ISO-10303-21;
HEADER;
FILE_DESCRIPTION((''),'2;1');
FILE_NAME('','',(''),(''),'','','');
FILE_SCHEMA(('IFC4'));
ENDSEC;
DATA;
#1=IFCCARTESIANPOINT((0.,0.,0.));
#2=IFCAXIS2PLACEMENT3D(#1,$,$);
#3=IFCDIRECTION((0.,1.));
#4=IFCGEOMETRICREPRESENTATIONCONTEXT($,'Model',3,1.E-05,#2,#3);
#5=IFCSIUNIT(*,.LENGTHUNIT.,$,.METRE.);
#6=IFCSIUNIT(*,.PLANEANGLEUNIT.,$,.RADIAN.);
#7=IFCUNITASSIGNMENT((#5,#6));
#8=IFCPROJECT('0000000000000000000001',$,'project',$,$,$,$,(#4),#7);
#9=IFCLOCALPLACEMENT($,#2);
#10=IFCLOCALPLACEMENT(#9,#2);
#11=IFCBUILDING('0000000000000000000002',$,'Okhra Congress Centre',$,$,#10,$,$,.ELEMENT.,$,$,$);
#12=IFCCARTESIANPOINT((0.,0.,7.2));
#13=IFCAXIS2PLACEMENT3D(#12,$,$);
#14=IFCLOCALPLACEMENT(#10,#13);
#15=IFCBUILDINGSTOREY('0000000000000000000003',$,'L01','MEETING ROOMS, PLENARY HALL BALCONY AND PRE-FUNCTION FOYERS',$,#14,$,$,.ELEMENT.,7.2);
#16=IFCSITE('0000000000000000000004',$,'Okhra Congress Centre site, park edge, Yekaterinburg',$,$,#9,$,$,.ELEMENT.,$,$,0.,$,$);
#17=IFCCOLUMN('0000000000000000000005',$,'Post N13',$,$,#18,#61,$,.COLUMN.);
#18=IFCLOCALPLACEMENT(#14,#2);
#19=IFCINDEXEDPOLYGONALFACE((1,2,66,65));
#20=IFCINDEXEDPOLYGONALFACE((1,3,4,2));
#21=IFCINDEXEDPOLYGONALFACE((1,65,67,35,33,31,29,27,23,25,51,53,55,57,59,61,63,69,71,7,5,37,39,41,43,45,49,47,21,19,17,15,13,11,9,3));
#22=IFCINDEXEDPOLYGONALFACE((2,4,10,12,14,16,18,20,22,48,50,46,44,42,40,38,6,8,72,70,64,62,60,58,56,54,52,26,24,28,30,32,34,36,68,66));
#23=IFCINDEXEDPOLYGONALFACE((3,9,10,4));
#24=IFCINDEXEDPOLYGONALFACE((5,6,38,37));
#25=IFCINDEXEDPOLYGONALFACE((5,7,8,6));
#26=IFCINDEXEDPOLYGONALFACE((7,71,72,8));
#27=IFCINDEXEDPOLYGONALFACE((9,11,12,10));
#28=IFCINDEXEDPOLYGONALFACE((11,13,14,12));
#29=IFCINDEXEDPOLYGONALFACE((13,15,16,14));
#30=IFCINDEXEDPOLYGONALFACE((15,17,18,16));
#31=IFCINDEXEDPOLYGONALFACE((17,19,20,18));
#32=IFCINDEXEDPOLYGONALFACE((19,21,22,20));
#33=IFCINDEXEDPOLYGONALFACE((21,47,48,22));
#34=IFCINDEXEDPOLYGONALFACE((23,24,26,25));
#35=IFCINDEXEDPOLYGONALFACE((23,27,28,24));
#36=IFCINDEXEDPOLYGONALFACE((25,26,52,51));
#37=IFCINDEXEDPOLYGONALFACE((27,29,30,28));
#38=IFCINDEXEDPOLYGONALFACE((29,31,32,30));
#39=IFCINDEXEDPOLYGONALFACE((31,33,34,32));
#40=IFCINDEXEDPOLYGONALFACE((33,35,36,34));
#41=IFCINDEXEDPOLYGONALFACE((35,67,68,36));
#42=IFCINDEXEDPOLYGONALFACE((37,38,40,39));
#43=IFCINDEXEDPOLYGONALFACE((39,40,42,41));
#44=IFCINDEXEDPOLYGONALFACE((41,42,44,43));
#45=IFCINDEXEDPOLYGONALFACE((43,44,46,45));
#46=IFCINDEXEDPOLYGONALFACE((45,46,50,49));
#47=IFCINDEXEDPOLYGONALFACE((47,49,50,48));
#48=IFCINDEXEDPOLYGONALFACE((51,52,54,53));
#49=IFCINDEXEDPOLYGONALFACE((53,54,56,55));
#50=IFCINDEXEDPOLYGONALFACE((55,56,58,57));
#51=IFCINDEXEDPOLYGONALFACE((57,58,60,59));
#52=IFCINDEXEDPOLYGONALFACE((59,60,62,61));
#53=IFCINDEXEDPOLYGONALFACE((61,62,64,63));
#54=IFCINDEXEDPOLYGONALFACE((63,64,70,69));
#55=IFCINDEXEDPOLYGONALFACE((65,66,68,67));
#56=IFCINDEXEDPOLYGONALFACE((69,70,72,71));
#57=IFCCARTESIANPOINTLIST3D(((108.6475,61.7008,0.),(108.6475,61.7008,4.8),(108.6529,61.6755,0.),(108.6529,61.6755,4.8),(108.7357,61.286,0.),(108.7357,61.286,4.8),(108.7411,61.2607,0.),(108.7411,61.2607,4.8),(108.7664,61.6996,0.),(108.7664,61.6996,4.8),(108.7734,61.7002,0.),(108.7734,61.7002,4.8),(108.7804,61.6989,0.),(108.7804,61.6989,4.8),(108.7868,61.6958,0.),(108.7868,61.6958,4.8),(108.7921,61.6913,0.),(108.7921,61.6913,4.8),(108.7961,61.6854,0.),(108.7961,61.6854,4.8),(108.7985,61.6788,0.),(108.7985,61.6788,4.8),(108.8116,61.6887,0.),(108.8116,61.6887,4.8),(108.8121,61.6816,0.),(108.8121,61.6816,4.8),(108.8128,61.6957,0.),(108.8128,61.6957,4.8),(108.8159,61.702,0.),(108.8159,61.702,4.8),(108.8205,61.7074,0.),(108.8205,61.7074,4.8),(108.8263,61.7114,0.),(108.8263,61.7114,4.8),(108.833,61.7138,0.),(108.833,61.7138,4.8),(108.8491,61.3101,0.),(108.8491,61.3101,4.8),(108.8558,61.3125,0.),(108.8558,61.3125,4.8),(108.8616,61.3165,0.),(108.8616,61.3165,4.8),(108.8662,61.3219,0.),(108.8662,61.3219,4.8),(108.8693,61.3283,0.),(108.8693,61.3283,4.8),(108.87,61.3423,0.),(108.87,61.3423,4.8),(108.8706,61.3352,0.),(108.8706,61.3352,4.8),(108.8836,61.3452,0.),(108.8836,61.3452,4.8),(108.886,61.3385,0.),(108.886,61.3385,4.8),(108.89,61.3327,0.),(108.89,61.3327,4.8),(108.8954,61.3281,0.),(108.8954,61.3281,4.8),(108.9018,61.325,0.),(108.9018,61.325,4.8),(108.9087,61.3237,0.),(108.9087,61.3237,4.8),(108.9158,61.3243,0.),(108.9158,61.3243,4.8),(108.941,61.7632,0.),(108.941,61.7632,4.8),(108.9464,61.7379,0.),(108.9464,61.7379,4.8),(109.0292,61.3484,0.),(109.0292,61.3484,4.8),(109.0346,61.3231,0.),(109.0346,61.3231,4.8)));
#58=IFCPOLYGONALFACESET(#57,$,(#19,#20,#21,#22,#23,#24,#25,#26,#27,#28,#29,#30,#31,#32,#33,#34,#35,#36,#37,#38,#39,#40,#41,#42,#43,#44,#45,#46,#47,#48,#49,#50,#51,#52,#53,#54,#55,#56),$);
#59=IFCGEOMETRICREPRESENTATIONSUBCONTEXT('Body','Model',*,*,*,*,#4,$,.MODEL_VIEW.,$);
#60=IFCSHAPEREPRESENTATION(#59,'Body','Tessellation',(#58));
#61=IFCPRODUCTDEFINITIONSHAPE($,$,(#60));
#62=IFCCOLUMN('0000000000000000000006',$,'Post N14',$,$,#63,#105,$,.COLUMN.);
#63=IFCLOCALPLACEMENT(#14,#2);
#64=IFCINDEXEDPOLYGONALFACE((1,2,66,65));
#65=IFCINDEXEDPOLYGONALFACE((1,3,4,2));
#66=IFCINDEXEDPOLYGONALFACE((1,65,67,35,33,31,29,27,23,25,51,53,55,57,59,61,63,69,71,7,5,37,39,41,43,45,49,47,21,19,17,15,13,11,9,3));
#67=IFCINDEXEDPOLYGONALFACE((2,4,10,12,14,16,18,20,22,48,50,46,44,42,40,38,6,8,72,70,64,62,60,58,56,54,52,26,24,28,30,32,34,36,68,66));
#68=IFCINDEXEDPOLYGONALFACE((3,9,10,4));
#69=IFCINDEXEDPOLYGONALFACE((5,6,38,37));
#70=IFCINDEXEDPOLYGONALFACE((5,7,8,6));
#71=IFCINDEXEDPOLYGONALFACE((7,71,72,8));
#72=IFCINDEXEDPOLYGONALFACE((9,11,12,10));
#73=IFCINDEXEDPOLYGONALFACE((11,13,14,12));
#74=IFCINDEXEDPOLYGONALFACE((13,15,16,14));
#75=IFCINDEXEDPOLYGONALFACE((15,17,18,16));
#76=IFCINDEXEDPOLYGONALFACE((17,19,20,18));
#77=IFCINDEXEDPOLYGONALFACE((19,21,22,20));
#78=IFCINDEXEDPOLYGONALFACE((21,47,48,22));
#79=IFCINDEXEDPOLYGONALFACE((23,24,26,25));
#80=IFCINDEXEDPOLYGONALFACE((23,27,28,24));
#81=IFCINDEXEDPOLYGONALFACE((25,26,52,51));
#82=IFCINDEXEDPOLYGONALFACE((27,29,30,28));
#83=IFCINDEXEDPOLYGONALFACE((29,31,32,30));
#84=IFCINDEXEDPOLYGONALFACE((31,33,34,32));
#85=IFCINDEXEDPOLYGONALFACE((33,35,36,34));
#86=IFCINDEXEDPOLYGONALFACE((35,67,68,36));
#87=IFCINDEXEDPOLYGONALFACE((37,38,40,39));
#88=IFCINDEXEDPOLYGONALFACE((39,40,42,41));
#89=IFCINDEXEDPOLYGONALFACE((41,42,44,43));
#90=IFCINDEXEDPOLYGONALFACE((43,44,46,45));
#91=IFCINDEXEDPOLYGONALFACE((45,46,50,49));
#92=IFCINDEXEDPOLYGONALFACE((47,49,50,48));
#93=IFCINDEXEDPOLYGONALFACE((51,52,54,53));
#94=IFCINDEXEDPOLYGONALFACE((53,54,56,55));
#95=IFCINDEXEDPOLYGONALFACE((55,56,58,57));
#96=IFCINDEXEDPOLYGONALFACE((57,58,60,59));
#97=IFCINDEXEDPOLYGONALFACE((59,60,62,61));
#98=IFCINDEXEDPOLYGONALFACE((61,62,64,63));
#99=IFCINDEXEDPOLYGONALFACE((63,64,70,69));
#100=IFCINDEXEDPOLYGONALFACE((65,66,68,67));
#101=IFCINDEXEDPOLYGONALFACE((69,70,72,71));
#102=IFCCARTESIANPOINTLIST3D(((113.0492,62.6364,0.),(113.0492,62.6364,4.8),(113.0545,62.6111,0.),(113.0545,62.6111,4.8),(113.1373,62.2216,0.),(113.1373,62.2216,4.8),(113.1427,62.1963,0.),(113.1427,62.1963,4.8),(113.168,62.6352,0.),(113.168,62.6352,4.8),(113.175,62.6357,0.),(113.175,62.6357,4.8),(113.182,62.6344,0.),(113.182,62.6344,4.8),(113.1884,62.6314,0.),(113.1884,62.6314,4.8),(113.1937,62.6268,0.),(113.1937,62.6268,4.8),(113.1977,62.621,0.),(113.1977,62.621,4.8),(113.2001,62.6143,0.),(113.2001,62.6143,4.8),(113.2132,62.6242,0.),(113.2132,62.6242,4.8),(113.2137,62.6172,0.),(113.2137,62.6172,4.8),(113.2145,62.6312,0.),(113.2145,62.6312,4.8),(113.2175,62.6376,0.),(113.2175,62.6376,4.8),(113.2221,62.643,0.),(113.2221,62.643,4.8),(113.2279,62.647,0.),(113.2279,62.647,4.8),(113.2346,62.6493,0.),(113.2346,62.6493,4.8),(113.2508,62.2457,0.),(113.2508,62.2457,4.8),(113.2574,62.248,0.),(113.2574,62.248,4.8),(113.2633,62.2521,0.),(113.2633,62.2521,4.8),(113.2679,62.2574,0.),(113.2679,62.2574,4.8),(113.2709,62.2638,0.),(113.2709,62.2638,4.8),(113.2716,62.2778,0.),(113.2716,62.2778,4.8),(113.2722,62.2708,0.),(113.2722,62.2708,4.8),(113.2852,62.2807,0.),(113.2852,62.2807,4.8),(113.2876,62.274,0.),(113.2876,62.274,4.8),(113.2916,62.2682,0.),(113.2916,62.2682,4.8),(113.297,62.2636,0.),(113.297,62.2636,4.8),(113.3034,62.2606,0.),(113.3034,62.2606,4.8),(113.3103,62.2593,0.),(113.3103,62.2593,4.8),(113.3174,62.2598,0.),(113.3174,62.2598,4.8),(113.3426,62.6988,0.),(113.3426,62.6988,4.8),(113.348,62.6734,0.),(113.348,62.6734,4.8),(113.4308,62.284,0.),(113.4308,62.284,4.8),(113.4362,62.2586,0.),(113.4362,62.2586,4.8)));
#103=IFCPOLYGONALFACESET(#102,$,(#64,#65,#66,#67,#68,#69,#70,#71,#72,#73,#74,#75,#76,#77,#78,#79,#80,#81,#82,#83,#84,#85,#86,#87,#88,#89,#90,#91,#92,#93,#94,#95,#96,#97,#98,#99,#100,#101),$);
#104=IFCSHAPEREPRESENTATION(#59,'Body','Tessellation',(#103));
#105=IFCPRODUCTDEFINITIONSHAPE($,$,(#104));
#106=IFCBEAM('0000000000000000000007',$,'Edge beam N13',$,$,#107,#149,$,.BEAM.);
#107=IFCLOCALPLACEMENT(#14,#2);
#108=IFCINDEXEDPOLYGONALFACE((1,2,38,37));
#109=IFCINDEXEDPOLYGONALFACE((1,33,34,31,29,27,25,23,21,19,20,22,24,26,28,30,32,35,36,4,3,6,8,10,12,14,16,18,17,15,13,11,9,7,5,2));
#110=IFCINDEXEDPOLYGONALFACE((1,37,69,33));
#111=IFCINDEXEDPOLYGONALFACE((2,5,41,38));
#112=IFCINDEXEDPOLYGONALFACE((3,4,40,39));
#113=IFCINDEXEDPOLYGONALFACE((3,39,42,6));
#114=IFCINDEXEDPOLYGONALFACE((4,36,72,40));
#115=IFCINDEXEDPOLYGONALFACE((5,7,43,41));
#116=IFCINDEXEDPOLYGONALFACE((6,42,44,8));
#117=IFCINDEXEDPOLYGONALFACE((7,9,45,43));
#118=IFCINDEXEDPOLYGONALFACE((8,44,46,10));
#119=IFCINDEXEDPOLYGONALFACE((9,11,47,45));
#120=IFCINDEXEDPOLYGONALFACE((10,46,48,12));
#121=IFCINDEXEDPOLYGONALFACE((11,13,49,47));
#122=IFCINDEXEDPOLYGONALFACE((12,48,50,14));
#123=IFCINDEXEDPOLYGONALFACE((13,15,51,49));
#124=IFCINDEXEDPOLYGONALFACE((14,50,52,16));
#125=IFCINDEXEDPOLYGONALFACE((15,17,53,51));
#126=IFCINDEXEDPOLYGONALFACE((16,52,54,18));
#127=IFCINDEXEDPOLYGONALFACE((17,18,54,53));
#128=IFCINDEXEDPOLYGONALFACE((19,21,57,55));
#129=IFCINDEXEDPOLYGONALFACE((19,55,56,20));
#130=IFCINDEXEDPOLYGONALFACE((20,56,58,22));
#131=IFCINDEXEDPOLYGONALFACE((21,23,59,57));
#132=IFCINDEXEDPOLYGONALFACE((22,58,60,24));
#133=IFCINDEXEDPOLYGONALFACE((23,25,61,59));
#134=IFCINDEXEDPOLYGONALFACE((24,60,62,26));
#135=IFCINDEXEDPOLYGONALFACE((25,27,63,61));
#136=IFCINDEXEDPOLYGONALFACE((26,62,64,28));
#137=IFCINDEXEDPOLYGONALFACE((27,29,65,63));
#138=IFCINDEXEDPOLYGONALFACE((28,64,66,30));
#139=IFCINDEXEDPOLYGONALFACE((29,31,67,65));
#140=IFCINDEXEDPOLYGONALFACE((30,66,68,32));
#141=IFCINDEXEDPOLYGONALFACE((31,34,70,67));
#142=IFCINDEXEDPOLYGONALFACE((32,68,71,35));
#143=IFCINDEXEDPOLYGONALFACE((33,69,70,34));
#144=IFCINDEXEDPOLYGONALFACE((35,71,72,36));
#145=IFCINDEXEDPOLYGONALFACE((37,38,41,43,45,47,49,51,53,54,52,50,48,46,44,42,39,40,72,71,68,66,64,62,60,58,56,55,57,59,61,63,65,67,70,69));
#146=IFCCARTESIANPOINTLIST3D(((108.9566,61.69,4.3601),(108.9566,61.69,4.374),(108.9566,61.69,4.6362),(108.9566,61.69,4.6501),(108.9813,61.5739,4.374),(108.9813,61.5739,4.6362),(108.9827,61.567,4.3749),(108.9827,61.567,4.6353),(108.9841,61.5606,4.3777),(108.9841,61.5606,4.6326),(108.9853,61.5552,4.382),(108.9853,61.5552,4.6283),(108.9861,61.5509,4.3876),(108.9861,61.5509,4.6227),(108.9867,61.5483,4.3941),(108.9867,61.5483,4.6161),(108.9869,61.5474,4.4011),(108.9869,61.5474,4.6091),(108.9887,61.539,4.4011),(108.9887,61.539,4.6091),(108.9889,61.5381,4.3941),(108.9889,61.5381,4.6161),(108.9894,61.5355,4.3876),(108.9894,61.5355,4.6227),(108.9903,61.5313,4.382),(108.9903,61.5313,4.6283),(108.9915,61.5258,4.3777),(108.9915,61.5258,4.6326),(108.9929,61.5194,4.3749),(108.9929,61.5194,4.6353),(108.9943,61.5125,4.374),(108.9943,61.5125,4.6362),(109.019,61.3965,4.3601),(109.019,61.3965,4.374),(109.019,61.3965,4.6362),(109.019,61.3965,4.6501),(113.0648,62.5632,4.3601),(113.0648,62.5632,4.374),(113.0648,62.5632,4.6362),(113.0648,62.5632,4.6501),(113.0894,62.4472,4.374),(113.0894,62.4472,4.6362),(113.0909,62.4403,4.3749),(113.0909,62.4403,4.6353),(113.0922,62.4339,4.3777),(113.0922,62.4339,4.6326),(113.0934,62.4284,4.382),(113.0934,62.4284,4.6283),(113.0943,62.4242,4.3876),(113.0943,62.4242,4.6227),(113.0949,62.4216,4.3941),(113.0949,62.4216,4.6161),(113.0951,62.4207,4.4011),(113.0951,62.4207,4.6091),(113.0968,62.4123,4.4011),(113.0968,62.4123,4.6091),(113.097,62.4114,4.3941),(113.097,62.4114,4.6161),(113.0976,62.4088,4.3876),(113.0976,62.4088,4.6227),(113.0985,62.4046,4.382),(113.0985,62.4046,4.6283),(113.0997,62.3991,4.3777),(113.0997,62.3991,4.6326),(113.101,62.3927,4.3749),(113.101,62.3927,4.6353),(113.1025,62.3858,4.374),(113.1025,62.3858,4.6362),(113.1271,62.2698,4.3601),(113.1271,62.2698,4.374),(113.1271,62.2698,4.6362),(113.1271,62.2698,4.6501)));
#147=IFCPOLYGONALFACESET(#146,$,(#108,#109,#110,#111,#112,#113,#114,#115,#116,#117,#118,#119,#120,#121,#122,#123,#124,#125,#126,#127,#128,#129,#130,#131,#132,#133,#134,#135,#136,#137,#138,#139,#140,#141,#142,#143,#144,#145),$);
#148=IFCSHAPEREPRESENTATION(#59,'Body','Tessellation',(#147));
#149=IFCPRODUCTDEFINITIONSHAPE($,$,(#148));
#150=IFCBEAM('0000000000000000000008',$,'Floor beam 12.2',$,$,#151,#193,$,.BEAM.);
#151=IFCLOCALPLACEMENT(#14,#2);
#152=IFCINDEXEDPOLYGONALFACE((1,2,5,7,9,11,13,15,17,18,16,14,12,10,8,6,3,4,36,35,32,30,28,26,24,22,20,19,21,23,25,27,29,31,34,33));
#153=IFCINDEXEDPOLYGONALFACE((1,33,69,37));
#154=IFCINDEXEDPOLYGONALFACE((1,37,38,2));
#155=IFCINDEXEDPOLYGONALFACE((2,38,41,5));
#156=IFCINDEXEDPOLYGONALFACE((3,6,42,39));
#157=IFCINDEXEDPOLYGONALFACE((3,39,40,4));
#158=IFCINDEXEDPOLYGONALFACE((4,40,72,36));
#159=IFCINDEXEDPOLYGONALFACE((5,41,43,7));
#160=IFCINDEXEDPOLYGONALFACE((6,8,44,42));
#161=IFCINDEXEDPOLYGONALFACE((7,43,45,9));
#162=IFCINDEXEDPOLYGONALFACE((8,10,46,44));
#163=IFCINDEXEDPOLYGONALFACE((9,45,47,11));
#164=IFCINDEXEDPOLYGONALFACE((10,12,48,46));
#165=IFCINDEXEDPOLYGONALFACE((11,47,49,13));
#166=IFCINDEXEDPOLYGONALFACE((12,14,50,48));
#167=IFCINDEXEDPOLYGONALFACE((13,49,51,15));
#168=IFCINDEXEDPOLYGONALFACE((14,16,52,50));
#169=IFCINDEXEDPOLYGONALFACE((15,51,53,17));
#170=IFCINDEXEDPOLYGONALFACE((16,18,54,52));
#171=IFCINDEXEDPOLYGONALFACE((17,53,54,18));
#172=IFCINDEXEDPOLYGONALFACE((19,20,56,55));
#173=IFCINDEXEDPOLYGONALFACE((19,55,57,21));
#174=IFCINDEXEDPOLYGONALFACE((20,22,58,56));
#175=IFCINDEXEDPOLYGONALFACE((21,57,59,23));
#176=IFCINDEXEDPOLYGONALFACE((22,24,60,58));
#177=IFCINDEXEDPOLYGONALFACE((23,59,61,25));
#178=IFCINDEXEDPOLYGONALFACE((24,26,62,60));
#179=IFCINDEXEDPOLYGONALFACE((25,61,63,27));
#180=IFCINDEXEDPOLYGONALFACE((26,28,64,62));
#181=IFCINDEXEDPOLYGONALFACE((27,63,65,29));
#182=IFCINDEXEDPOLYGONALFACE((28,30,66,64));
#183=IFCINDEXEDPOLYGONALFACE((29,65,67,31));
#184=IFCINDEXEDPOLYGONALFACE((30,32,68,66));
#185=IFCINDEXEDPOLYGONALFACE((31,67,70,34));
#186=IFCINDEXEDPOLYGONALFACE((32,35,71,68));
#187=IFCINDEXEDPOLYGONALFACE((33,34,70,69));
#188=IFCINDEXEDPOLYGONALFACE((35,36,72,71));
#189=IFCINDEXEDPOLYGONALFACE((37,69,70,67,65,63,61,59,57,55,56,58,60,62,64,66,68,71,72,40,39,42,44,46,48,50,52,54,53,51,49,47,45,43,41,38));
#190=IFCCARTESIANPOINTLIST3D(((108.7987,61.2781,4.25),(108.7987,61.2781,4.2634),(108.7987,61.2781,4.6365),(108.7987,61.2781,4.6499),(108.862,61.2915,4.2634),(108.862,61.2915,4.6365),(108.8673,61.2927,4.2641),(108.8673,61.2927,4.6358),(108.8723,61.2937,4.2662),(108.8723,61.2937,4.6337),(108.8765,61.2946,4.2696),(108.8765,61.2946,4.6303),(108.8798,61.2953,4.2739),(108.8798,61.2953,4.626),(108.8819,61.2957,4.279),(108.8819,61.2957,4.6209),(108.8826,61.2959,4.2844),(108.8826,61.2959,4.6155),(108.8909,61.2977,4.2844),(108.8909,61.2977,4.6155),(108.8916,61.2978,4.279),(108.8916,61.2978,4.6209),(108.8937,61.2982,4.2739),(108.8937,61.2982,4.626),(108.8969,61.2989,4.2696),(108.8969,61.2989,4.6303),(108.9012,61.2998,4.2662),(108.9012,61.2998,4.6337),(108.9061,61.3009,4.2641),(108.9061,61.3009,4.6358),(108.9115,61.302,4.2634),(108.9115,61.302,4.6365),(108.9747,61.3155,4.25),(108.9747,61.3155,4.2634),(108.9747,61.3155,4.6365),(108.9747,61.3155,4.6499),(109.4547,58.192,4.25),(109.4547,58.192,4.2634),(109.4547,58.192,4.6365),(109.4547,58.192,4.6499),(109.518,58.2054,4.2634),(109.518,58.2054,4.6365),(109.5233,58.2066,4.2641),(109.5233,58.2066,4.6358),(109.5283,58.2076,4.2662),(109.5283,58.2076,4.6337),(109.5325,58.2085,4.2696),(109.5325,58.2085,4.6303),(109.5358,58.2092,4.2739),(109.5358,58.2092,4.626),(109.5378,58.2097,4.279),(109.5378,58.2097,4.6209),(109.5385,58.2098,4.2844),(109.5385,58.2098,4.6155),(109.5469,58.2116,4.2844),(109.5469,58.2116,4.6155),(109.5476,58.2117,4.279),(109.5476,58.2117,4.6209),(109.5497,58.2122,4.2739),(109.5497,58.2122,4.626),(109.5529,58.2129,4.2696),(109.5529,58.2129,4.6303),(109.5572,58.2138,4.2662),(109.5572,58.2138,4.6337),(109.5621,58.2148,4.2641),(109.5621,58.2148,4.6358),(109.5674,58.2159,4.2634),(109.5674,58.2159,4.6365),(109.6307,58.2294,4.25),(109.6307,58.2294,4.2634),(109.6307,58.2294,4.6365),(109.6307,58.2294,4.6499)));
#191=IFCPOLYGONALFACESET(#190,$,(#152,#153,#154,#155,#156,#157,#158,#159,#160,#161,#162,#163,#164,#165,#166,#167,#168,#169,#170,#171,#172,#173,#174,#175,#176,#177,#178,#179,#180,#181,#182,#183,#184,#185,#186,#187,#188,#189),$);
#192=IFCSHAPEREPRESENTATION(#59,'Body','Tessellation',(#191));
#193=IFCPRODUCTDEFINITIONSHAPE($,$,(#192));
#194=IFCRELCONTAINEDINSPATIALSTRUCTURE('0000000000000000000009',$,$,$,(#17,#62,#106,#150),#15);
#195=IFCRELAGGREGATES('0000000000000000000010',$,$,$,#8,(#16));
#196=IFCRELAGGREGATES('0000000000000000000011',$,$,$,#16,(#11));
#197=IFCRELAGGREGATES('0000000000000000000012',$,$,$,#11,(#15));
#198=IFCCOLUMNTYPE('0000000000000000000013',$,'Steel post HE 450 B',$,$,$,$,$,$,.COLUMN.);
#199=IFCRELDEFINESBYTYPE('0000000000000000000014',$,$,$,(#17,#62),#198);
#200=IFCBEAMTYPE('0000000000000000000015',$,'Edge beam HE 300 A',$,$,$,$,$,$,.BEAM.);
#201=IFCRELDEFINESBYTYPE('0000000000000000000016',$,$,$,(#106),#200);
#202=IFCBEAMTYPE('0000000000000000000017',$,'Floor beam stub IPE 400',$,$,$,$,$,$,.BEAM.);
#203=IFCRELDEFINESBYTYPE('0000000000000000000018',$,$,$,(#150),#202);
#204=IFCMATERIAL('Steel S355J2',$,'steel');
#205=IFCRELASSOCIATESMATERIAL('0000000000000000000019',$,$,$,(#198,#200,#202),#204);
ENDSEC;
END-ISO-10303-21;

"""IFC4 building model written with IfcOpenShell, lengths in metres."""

from ifc_helpers import new_model, si_unit, direction, frame, origin, origin_2d, place, context, subcontext, project, spatial, i_section, extrude, material, material_profile, profile_set, type_object, element, save


model = new_model("IFC4")

# Units and contexts
model_context = context("Model", 3, precision=1e-05, world=origin(), true_north=direction((0.0, 1.0)))
body_context = subcontext(model_context, "Body", "Model", "MODEL_VIEW")
ifc_project = project(units=[si_unit("LENGTHUNIT", "METRE"), si_unit("PLANEANGLEUNIT", "RADIAN")], contexts=[model_context])

# Site, building, storey
site_placement = place(None, origin())
site = spatial("IfcSite", under=ifc_project, at=site_placement, Name="Okhra Congress Centre site, park edge, Yekaterinburg", CompositionType="ELEMENT", RefElevation=0.0)
building_placement = place(site_placement, origin())
building = spatial("IfcBuilding", under=site, at=building_placement, Name="Okhra Congress Centre", CompositionType="ELEMENT")
storey_placement = place(building_placement, frame((0.0, 0.0, 7.2)))
storey = spatial("IfcBuildingStorey", under=building, at=storey_placement, Name="L01", Description="MEETING ROOMS, PLENARY HALL BALCONY AND PRE-FUNCTION FOYERS", CompositionType="ELEMENT", Elevation=7.2)

# Columns
ifc_material_1 = material(Name="Steel S355J2", Category="steel")
ifc_material_profile_1 = material_profile(ifc_material_1, i_section(OverallWidth=0.3, OverallDepth=0.45, WebThickness=0.0139, FlangeThickness=0.0259, FilletRadius=0.0271, at=origin_2d()), Name="HE 450 B")
ifc_profile_set_1 = profile_set([ifc_material_profile_1], Name="Steel S355J2")
column_type = type_object("IfcColumnType", Name="Steel post HE 450 B", PredefinedType="COLUMN", material=ifc_profile_set_1)
for number, where, z_axis, x_axis, name in (
    (1, (108.8411, 61.512, 0.0), (0.0, 0.0, 1.0), (0.978148, 0.207912, 0.0), "Post N13"),
    (2, (113.2427, 62.4475, 0.0), (0.0, 0.0, 1.0), (0.978148, 0.207912, 0.0), "Post N14"),
):
    element("IfcColumn", number, at=place(storey_placement, frame(where, z_axis=z_axis, x_axis=x_axis)), inside=storey, type_object=column_type, Name=name, PredefinedType="COLUMN", context=body_context, shape_type="SweptSolid", body=[
        extrude(i_section(OverallWidth=0.3, OverallDepth=0.45, WebThickness=0.0139, FlangeThickness=0.0259, FilletRadius=0.0271, at=origin_2d()), origin(), (0.0, 0.0, 1.0), 4.8),
    ])

# Beams
ifc_material_profile_2 = material_profile(ifc_material_1, i_section(OverallWidth=0.3, OverallDepth=0.29, WebThickness=0.0085, FlangeThickness=0.0139, FilletRadius=0.0271, at=origin_2d()), Name="HE 300 A")
ifc_profile_set_2 = profile_set([ifc_material_profile_2], Name="Steel S355J2")
beam_type_1 = type_object("IfcBeamType", Name="Edge beam HE 300 A", PredefinedType="BEAM", material=ifc_profile_set_2)
beam_1_placement = place(storey_placement, frame((108.9878, 61.5432, 4.5051), z_axis=(0.978144, 0.207929, 0.0), x_axis=(-0.207929, 0.978144, 0.0)))
element("IfcBeam", 3, at=beam_1_placement, inside=storey, type_object=beam_type_1, Name="Edge beam N13", PredefinedType="BEAM", context=body_context, shape_type="SweptSolid", body=[
    extrude(i_section(OverallWidth=0.3, OverallDepth=0.29, WebThickness=0.0085, FlangeThickness=0.0139, FilletRadius=0.0271, at=origin_2d()), origin(), (0.0, 0.0, 1.0), 4.2),
])
ifc_material_profile_3 = material_profile(ifc_material_1, i_section(OverallWidth=0.1799, OverallDepth=0.3999, WebThickness=0.0085, FlangeThickness=0.0134, FilletRadius=0.021, at=origin_2d()), Name="IPE 400")
ifc_profile_set_3 = profile_set([ifc_material_profile_3], Name="Steel S355J2")
beam_type_2 = type_object("IfcBeamType", Name="Floor beam stub IPE 400", PredefinedType="BEAM", material=ifc_profile_set_3)
beam_2_placement = place(storey_placement, frame((109.5427, 58.2107, 4.45), z_axis=(-0.207917, 0.978146, 0.0), x_axis=(-0.978146, -0.207917, 0.0)))
element("IfcBeam", 4, at=beam_2_placement, inside=storey, type_object=beam_type_2, Name="Floor beam 12.2", PredefinedType="BEAM", context=body_context, shape_type="SweptSolid", body=[
    extrude(i_section(OverallWidth=0.1799, OverallDepth=0.3999, WebThickness=0.0085, FlangeThickness=0.0134, FilletRadius=0.021, at=origin_2d()), origin(), (0.0, 0.0, 1.0), 3.155),
])

save(model, "model.ifc")
